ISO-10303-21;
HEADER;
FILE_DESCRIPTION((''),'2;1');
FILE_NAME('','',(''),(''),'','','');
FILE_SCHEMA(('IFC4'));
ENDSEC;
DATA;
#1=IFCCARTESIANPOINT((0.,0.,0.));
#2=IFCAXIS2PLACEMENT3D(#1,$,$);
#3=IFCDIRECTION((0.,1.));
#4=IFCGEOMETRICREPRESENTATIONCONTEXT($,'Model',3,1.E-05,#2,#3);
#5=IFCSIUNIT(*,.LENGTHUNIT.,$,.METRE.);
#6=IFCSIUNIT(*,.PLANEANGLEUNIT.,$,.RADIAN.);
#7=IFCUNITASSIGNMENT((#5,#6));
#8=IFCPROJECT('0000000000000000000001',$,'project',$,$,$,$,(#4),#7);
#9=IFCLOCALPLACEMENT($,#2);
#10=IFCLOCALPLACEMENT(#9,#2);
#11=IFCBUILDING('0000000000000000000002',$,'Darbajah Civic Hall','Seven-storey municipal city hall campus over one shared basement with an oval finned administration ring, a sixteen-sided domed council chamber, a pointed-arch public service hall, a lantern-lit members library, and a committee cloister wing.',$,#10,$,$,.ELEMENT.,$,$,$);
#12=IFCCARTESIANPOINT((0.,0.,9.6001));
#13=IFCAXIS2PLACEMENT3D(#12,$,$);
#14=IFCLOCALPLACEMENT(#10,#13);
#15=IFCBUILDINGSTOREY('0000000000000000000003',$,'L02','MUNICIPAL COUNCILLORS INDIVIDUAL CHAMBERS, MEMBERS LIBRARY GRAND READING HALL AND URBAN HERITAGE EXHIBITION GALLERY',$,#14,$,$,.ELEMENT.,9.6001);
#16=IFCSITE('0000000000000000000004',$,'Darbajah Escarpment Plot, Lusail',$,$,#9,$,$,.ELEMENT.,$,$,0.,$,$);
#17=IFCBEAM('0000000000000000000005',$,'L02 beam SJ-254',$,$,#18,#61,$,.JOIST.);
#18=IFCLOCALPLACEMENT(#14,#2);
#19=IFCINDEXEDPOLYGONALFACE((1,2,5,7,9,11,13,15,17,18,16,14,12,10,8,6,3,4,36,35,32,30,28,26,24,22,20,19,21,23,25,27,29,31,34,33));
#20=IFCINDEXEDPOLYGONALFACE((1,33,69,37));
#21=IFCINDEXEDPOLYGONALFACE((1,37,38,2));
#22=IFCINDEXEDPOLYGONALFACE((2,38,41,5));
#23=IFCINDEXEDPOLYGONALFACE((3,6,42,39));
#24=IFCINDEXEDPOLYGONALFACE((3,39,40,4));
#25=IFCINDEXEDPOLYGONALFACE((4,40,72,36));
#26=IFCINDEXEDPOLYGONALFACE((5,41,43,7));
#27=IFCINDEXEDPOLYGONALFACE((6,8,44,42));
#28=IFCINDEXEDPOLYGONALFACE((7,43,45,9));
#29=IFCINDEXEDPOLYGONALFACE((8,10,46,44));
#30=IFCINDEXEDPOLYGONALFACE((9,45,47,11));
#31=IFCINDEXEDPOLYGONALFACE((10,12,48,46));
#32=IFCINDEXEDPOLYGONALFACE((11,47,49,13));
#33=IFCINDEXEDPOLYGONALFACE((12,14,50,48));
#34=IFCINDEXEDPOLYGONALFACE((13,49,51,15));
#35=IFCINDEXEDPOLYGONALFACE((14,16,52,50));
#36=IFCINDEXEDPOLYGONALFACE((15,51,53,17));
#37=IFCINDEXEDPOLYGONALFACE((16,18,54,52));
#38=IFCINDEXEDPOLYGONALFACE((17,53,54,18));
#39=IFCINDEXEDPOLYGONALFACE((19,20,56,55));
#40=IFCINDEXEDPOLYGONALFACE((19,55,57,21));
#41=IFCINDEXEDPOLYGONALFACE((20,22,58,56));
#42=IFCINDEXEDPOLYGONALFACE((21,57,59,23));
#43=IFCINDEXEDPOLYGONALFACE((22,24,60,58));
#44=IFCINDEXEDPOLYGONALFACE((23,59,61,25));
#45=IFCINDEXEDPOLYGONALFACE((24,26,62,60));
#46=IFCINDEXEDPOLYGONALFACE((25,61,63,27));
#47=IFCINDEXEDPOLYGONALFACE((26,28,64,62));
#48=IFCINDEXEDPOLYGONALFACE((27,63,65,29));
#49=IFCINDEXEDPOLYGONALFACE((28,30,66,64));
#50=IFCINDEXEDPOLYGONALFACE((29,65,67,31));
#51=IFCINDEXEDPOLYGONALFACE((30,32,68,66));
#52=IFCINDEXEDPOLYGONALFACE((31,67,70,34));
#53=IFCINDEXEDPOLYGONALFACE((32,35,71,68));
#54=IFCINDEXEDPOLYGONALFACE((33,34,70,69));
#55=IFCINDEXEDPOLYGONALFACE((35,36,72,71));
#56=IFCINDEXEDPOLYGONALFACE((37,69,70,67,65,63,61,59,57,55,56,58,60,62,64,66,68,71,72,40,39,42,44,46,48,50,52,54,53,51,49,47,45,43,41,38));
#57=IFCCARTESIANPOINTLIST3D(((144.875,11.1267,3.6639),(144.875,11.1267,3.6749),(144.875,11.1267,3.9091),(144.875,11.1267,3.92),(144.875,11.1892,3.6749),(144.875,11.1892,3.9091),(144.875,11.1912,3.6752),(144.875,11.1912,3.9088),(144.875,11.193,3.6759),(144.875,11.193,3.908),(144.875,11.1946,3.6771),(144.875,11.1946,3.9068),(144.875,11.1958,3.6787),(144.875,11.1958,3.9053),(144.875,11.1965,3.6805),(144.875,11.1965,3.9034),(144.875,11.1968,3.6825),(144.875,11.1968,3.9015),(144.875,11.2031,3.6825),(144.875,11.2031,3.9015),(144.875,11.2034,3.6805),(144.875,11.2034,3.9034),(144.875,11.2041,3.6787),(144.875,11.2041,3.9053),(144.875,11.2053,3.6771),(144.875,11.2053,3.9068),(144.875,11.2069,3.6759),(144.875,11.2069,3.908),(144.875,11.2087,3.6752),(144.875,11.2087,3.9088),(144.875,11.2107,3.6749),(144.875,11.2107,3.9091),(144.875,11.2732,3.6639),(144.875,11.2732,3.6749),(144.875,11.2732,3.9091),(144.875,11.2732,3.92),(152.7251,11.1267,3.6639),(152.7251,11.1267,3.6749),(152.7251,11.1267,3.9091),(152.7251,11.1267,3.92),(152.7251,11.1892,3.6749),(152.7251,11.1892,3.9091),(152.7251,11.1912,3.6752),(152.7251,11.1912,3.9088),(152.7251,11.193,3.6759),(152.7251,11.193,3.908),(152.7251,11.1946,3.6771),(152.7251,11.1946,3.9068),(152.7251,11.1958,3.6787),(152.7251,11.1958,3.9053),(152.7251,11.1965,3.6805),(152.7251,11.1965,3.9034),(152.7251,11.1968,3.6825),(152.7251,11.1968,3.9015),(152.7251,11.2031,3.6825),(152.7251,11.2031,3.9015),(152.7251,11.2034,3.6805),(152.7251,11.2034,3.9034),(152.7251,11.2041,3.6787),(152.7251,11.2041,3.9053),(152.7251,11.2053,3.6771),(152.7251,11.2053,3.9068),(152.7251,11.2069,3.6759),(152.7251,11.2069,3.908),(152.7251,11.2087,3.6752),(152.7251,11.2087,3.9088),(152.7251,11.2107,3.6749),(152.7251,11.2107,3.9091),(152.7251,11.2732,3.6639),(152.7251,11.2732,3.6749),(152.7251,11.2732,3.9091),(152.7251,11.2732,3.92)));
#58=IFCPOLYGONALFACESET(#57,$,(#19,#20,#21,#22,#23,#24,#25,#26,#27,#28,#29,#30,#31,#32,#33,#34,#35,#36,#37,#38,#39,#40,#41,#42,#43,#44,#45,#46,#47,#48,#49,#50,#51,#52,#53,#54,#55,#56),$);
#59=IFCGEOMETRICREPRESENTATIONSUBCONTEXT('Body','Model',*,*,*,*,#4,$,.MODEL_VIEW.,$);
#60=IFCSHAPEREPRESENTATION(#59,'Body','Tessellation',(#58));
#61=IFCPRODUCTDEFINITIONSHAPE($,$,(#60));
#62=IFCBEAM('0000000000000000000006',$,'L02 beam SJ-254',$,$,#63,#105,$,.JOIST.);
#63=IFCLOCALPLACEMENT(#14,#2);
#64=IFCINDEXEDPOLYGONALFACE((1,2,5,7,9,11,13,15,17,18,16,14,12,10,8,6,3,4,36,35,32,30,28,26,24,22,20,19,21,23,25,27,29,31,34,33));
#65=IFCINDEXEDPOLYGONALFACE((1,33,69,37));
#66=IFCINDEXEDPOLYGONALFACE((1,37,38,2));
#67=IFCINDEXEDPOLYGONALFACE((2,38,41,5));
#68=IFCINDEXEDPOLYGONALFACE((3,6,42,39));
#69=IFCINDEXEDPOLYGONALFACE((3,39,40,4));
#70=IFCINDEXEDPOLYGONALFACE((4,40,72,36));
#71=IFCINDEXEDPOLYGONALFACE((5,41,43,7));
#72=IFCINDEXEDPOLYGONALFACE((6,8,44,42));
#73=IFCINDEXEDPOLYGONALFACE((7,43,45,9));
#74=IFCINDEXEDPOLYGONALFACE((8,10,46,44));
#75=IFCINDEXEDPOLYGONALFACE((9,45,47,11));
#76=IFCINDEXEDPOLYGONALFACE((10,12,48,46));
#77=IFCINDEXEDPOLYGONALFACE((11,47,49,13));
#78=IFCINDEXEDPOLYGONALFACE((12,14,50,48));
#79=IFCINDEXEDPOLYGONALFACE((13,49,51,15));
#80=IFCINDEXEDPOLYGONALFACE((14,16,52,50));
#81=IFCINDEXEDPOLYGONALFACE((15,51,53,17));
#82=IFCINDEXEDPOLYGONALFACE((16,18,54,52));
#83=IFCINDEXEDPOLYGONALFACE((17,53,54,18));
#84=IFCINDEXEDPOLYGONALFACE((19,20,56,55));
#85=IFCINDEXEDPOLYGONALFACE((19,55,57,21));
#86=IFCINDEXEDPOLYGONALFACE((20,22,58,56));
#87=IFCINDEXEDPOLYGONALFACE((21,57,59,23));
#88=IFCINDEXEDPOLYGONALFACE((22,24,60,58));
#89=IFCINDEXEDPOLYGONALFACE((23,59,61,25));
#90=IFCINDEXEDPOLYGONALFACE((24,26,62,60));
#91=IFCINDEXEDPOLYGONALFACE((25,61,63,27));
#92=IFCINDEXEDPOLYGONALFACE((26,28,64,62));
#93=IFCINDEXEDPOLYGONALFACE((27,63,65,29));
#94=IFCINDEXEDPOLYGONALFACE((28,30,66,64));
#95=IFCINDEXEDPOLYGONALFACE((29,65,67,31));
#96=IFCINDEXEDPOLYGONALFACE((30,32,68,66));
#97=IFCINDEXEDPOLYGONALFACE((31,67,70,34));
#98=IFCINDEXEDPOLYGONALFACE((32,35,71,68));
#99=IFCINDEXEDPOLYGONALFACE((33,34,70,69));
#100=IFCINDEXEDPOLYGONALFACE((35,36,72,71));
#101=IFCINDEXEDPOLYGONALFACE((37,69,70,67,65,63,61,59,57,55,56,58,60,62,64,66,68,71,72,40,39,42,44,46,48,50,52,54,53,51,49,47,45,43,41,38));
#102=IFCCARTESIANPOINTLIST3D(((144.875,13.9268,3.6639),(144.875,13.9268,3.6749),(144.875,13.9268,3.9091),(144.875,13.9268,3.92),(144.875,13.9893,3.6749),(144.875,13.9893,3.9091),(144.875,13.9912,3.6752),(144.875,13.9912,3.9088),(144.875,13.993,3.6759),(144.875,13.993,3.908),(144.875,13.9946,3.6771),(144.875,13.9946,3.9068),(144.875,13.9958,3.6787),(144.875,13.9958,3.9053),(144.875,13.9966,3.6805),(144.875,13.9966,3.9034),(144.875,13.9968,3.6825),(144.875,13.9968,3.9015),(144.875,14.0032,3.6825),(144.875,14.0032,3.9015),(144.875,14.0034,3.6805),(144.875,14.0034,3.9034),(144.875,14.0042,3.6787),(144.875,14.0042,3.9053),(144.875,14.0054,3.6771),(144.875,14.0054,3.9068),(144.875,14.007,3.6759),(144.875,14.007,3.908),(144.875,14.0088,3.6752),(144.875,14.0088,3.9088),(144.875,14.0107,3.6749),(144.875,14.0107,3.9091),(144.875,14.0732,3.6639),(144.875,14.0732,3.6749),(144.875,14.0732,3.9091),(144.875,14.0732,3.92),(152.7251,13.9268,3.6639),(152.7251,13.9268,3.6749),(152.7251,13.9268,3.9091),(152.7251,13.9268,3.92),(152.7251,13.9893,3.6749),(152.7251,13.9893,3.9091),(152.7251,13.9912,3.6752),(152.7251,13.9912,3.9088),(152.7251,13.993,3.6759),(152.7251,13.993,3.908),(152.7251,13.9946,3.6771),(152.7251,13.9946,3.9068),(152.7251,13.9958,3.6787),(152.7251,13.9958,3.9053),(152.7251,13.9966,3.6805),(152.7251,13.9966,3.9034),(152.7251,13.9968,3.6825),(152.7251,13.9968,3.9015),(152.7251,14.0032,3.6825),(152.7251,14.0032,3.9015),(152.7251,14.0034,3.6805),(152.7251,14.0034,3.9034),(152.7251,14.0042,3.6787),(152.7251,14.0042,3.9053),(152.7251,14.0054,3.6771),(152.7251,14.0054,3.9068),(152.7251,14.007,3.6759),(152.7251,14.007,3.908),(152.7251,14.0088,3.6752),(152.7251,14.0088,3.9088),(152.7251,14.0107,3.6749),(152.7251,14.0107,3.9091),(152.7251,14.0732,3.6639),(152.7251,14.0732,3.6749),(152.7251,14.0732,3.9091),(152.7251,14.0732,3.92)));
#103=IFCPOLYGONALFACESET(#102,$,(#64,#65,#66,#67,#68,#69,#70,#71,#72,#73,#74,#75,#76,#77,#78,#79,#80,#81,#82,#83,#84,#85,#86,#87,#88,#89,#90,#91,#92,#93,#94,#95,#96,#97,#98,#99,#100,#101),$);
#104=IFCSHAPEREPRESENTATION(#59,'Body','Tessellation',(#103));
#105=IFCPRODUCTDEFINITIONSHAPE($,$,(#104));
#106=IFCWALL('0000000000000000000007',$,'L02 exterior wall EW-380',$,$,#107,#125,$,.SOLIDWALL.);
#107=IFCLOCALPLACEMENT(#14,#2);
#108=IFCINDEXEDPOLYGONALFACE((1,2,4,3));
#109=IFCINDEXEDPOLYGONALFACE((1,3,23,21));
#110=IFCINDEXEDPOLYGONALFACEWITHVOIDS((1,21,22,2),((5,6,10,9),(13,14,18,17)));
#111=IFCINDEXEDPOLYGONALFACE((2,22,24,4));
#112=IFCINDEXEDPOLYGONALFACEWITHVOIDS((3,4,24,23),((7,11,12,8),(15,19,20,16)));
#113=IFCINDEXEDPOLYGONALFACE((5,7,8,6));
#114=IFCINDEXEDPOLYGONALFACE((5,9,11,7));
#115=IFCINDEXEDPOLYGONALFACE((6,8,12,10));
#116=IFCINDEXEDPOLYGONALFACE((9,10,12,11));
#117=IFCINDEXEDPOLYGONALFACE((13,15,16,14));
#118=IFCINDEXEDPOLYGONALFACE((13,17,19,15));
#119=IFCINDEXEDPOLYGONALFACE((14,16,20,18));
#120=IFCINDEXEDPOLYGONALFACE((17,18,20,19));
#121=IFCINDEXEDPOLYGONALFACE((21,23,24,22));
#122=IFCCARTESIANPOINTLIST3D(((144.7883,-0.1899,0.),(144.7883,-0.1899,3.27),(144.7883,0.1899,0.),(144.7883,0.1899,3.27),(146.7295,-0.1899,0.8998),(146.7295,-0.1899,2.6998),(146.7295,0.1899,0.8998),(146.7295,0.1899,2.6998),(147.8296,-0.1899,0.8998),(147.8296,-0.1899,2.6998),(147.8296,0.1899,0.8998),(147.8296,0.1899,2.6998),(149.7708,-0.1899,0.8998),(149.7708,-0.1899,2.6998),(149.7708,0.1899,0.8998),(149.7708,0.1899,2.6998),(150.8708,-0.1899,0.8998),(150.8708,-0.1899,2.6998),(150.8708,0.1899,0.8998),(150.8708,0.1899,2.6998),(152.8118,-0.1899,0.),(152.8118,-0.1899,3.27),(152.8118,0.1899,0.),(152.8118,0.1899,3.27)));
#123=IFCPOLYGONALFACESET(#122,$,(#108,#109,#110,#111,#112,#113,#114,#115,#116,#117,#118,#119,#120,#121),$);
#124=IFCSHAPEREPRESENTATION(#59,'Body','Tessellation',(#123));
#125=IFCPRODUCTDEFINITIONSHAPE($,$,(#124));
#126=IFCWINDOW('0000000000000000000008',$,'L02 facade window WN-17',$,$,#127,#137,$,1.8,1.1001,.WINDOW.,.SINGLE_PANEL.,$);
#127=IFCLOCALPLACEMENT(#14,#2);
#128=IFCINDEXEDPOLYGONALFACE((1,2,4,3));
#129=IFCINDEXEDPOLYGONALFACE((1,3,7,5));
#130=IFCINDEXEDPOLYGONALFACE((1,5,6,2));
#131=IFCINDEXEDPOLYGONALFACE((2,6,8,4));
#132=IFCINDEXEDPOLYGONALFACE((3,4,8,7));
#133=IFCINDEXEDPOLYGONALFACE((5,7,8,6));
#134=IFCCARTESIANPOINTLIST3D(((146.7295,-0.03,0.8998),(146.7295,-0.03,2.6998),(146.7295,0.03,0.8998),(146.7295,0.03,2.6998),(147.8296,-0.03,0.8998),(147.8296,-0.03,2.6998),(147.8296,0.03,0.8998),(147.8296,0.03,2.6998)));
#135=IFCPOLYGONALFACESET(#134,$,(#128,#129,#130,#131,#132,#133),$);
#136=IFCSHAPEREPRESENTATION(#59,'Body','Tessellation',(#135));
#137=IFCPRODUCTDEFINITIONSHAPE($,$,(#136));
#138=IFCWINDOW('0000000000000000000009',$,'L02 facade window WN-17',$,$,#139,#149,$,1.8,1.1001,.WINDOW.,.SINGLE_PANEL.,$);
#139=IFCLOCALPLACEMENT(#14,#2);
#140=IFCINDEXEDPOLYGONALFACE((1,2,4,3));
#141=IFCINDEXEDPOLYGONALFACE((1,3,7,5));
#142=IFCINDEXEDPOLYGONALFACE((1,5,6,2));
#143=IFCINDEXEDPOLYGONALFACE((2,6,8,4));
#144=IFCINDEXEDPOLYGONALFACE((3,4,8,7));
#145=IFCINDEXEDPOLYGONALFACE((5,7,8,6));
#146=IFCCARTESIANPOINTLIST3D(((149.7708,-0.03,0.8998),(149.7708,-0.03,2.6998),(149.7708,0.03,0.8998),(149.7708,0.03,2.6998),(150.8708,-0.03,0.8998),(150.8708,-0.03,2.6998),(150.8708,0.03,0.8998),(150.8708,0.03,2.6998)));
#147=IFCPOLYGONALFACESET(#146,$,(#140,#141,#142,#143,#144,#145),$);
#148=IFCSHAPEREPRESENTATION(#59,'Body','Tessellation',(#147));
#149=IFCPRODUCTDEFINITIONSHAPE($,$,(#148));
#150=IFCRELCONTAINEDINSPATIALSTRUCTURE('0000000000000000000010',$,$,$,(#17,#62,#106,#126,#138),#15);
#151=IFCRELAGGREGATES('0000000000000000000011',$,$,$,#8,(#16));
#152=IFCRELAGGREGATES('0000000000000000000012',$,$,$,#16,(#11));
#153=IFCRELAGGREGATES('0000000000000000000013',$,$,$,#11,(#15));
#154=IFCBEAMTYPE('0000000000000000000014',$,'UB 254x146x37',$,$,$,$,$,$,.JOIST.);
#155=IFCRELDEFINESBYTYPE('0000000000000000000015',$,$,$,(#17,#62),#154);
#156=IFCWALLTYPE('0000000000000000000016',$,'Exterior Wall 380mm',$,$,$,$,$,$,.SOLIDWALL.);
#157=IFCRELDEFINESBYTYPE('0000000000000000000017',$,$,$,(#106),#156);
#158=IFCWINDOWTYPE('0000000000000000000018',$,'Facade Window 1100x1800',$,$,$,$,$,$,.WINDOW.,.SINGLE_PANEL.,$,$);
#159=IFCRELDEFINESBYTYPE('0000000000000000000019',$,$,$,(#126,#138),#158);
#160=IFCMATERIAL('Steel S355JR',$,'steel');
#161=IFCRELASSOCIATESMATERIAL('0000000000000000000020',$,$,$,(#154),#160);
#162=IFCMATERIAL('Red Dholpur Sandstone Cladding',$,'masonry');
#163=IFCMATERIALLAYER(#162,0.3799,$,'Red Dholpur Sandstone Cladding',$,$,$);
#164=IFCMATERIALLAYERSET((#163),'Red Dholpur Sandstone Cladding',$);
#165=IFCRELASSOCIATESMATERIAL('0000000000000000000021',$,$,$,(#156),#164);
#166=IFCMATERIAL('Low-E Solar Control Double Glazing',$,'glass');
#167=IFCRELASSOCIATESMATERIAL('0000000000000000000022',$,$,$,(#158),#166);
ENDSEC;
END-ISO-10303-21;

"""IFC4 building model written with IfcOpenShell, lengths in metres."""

from ifc_helpers import new_model, si_unit, direction, frame, frame_2d, origin, origin_2d, place, context, subcontext, project, spatial, rectangle, i_section, extrude, material, layer, layer_set, material_profile, profile_set, type_object, element, fill, save


model = new_model("IFC4")

# Units and contexts
model_context = context("Model", 3, precision=1e-05, world=origin(), true_north=direction((0.0, 1.0)))
body_context = subcontext(model_context, "Body", "Model", "MODEL_VIEW")
ifc_project = project(units=[si_unit("LENGTHUNIT", "METRE"), si_unit("PLANEANGLEUNIT", "RADIAN")], contexts=[model_context])

# Site, building, storey
site_placement = place(None, origin())
site = spatial("IfcSite", under=ifc_project, at=site_placement, Name="Darbajah Escarpment Plot, Lusail", CompositionType="ELEMENT", RefElevation=0.0)
building_placement = place(site_placement, origin())
building = spatial("IfcBuilding", under=site, at=building_placement, Name="Darbajah Civic Hall", Description="Seven-storey municipal city hall campus over one shared basement with an oval finned administration ring, a sixteen-sided domed council chamber, a pointed-arch public service hall, a lantern-lit members library, and a committee cloister wing.", CompositionType="ELEMENT")
storey_placement = place(building_placement, frame((0.0, 0.0, 9.6001)))
storey = spatial("IfcBuildingStorey", under=building, at=storey_placement, Name="L02", Description="MUNICIPAL COUNCILLORS INDIVIDUAL CHAMBERS, MEMBERS LIBRARY GRAND READING HALL AND URBAN HERITAGE EXHIBITION GALLERY", CompositionType="ELEMENT", Elevation=9.6001)

# Shared definitions
ifc_material_1 = material(Name="Steel S355JR", Category="steel")

# Beams
ifc_material_profile_1 = material_profile(ifc_material_1, i_section(OverallWidth=0.1465, OverallDepth=0.2561, WebThickness=0.0063, FlangeThickness=0.011, FilletRadius=0.0076, at=origin_2d()), Name="UB 254x146x37")
ifc_profile_set_1 = profile_set([ifc_material_profile_1], Name="Steel S355JR")
beam_type_1 = type_object("IfcBeamType", Name="UB 254x146x37", PredefinedType="JOIST", material=ifc_profile_set_1)
for number, where, z_axis, x_axis, name in (
    (1, (144.875, 11.2, 3.792), (1.0, 0.0, 0.0), (0.0, 1.0, 0.0), "L02 beam SJ-254"),
    (2, (144.875, 14.0, 3.792), (1.0, 0.0, 0.0), (0.0, 1.0, 0.0), "L02 beam SJ-254"),
):
    element("IfcBeam", number, at=place(storey_placement, frame(where, z_axis=z_axis, x_axis=x_axis)), inside=storey, type_object=beam_type_1, Name=name, PredefinedType="JOIST", context=body_context, shape_type="SweptSolid", body=[
        extrude(i_section(OverallWidth=0.1465, OverallDepth=0.2561, WebThickness=0.0063, FlangeThickness=0.011, FilletRadius=0.0076, at=origin_2d()), origin(), (0.0, 0.0, 1.0), 7.8501),
    ])

# Wall, openings, windows
ifc_material_2 = material(Name="Red Dholpur Sandstone Cladding", Category="masonry")
ifc_layer = layer(ifc_material_2, 0.3799, Name="Red Dholpur Sandstone Cladding")
ifc_layer_set = layer_set([ifc_layer], Name="Red Dholpur Sandstone Cladding")
wall_type = type_object("IfcWallType", Name="Exterior Wall 380mm", PredefinedType="SOLIDWALL", material=ifc_layer_set)
wall_1_placement = place(storey_placement, frame((144.7883, 0.0, 0.0), z_axis=(0.0, 0.0, 1.0), x_axis=(1.0, 0.0, 0.0)))
wall_1 = element("IfcWall", 3, at=wall_1_placement, inside=storey, type_object=wall_type, Name="L02 exterior wall EW-380", PredefinedType="SOLIDWALL", context=body_context, shape_type="SweptSolid", body=[
    extrude(rectangle(XDim=8.0234, YDim=0.3799, at=frame_2d((4.0117, 0.0))), origin(), (0.0, 0.0, 1.0), 3.27),
])
opening_1_placement = place(wall_1_placement, frame((1.9412, 0.0, 0.8999)))
opening_1 = element("IfcOpeningElement", 4, at=opening_1_placement, cuts=wall_1, PredefinedType="OPENING", context=body_context, shape_type="SweptSolid", body=[
    extrude(rectangle(XDim=1.1001, YDim=1.8, at=frame_2d((0.55, 0.8999))), frame((0.0, 0.2, 0.0), z_axis=(0.0, -1.0, 0.0), x_axis=(1.0, 0.0, 0.0)), (0.0, 0.0, 1.0), 0.3999),
])
opening_2_placement = place(wall_1_placement, frame((4.9824, 0.0, 0.8999)))
opening_2 = element("IfcOpeningElement", 5, at=opening_2_placement, cuts=wall_1, PredefinedType="OPENING", context=body_context, shape_type="SweptSolid", body=[
    extrude(rectangle(XDim=1.1001, YDim=1.8, at=frame_2d((0.55, 0.8999))), frame((0.0, 0.2, 0.0), z_axis=(0.0, -1.0, 0.0), x_axis=(1.0, 0.0, 0.0)), (0.0, 0.0, 1.0), 0.3999),
])
ifc_material_3 = material(Name="Low-E Solar Control Double Glazing", Category="glass")
window_type = type_object("IfcWindowType", Name="Facade Window 1100x1800", PartitioningType="SINGLE_PANEL", PredefinedType="WINDOW", material=ifc_material_3)
window_1_placement = place(opening_1_placement, origin())
window_1 = element("IfcWindow", 6, at=window_1_placement, inside=storey, type_object=window_type, Name="L02 facade window WN-17", OverallHeight=1.8, OverallWidth=1.1001, PartitioningType="SINGLE_PANEL", PredefinedType="WINDOW", context=body_context, shape_type="SweptSolid", body=[
    extrude(rectangle(XDim=1.1001, YDim=1.8, at=frame_2d((0.55, 0.8999))), frame((0.0, 0.03, 0.0), z_axis=(0.0, -1.0, 0.0), x_axis=(1.0, 0.0, 0.0)), (0.0, 0.0, 1.0), 0.0601),
])
fill(opening_1, window_1)
window_2_placement = place(opening_2_placement, origin())
window_2 = element("IfcWindow", 7, at=window_2_placement, inside=storey, type_object=window_type, Name="L02 facade window WN-17", OverallHeight=1.8, OverallWidth=1.1001, PartitioningType="SINGLE_PANEL", PredefinedType="WINDOW", context=body_context, shape_type="SweptSolid", body=[
    extrude(rectangle(XDim=1.1001, YDim=1.8, at=frame_2d((0.55, 0.8999))), frame((0.0, 0.03, 0.0), z_axis=(0.0, -1.0, 0.0), x_axis=(1.0, 0.0, 0.0)), (0.0, 0.0, 1.0), 0.0601),
])
fill(opening_2, window_2)

save(model, "model.ifc")
